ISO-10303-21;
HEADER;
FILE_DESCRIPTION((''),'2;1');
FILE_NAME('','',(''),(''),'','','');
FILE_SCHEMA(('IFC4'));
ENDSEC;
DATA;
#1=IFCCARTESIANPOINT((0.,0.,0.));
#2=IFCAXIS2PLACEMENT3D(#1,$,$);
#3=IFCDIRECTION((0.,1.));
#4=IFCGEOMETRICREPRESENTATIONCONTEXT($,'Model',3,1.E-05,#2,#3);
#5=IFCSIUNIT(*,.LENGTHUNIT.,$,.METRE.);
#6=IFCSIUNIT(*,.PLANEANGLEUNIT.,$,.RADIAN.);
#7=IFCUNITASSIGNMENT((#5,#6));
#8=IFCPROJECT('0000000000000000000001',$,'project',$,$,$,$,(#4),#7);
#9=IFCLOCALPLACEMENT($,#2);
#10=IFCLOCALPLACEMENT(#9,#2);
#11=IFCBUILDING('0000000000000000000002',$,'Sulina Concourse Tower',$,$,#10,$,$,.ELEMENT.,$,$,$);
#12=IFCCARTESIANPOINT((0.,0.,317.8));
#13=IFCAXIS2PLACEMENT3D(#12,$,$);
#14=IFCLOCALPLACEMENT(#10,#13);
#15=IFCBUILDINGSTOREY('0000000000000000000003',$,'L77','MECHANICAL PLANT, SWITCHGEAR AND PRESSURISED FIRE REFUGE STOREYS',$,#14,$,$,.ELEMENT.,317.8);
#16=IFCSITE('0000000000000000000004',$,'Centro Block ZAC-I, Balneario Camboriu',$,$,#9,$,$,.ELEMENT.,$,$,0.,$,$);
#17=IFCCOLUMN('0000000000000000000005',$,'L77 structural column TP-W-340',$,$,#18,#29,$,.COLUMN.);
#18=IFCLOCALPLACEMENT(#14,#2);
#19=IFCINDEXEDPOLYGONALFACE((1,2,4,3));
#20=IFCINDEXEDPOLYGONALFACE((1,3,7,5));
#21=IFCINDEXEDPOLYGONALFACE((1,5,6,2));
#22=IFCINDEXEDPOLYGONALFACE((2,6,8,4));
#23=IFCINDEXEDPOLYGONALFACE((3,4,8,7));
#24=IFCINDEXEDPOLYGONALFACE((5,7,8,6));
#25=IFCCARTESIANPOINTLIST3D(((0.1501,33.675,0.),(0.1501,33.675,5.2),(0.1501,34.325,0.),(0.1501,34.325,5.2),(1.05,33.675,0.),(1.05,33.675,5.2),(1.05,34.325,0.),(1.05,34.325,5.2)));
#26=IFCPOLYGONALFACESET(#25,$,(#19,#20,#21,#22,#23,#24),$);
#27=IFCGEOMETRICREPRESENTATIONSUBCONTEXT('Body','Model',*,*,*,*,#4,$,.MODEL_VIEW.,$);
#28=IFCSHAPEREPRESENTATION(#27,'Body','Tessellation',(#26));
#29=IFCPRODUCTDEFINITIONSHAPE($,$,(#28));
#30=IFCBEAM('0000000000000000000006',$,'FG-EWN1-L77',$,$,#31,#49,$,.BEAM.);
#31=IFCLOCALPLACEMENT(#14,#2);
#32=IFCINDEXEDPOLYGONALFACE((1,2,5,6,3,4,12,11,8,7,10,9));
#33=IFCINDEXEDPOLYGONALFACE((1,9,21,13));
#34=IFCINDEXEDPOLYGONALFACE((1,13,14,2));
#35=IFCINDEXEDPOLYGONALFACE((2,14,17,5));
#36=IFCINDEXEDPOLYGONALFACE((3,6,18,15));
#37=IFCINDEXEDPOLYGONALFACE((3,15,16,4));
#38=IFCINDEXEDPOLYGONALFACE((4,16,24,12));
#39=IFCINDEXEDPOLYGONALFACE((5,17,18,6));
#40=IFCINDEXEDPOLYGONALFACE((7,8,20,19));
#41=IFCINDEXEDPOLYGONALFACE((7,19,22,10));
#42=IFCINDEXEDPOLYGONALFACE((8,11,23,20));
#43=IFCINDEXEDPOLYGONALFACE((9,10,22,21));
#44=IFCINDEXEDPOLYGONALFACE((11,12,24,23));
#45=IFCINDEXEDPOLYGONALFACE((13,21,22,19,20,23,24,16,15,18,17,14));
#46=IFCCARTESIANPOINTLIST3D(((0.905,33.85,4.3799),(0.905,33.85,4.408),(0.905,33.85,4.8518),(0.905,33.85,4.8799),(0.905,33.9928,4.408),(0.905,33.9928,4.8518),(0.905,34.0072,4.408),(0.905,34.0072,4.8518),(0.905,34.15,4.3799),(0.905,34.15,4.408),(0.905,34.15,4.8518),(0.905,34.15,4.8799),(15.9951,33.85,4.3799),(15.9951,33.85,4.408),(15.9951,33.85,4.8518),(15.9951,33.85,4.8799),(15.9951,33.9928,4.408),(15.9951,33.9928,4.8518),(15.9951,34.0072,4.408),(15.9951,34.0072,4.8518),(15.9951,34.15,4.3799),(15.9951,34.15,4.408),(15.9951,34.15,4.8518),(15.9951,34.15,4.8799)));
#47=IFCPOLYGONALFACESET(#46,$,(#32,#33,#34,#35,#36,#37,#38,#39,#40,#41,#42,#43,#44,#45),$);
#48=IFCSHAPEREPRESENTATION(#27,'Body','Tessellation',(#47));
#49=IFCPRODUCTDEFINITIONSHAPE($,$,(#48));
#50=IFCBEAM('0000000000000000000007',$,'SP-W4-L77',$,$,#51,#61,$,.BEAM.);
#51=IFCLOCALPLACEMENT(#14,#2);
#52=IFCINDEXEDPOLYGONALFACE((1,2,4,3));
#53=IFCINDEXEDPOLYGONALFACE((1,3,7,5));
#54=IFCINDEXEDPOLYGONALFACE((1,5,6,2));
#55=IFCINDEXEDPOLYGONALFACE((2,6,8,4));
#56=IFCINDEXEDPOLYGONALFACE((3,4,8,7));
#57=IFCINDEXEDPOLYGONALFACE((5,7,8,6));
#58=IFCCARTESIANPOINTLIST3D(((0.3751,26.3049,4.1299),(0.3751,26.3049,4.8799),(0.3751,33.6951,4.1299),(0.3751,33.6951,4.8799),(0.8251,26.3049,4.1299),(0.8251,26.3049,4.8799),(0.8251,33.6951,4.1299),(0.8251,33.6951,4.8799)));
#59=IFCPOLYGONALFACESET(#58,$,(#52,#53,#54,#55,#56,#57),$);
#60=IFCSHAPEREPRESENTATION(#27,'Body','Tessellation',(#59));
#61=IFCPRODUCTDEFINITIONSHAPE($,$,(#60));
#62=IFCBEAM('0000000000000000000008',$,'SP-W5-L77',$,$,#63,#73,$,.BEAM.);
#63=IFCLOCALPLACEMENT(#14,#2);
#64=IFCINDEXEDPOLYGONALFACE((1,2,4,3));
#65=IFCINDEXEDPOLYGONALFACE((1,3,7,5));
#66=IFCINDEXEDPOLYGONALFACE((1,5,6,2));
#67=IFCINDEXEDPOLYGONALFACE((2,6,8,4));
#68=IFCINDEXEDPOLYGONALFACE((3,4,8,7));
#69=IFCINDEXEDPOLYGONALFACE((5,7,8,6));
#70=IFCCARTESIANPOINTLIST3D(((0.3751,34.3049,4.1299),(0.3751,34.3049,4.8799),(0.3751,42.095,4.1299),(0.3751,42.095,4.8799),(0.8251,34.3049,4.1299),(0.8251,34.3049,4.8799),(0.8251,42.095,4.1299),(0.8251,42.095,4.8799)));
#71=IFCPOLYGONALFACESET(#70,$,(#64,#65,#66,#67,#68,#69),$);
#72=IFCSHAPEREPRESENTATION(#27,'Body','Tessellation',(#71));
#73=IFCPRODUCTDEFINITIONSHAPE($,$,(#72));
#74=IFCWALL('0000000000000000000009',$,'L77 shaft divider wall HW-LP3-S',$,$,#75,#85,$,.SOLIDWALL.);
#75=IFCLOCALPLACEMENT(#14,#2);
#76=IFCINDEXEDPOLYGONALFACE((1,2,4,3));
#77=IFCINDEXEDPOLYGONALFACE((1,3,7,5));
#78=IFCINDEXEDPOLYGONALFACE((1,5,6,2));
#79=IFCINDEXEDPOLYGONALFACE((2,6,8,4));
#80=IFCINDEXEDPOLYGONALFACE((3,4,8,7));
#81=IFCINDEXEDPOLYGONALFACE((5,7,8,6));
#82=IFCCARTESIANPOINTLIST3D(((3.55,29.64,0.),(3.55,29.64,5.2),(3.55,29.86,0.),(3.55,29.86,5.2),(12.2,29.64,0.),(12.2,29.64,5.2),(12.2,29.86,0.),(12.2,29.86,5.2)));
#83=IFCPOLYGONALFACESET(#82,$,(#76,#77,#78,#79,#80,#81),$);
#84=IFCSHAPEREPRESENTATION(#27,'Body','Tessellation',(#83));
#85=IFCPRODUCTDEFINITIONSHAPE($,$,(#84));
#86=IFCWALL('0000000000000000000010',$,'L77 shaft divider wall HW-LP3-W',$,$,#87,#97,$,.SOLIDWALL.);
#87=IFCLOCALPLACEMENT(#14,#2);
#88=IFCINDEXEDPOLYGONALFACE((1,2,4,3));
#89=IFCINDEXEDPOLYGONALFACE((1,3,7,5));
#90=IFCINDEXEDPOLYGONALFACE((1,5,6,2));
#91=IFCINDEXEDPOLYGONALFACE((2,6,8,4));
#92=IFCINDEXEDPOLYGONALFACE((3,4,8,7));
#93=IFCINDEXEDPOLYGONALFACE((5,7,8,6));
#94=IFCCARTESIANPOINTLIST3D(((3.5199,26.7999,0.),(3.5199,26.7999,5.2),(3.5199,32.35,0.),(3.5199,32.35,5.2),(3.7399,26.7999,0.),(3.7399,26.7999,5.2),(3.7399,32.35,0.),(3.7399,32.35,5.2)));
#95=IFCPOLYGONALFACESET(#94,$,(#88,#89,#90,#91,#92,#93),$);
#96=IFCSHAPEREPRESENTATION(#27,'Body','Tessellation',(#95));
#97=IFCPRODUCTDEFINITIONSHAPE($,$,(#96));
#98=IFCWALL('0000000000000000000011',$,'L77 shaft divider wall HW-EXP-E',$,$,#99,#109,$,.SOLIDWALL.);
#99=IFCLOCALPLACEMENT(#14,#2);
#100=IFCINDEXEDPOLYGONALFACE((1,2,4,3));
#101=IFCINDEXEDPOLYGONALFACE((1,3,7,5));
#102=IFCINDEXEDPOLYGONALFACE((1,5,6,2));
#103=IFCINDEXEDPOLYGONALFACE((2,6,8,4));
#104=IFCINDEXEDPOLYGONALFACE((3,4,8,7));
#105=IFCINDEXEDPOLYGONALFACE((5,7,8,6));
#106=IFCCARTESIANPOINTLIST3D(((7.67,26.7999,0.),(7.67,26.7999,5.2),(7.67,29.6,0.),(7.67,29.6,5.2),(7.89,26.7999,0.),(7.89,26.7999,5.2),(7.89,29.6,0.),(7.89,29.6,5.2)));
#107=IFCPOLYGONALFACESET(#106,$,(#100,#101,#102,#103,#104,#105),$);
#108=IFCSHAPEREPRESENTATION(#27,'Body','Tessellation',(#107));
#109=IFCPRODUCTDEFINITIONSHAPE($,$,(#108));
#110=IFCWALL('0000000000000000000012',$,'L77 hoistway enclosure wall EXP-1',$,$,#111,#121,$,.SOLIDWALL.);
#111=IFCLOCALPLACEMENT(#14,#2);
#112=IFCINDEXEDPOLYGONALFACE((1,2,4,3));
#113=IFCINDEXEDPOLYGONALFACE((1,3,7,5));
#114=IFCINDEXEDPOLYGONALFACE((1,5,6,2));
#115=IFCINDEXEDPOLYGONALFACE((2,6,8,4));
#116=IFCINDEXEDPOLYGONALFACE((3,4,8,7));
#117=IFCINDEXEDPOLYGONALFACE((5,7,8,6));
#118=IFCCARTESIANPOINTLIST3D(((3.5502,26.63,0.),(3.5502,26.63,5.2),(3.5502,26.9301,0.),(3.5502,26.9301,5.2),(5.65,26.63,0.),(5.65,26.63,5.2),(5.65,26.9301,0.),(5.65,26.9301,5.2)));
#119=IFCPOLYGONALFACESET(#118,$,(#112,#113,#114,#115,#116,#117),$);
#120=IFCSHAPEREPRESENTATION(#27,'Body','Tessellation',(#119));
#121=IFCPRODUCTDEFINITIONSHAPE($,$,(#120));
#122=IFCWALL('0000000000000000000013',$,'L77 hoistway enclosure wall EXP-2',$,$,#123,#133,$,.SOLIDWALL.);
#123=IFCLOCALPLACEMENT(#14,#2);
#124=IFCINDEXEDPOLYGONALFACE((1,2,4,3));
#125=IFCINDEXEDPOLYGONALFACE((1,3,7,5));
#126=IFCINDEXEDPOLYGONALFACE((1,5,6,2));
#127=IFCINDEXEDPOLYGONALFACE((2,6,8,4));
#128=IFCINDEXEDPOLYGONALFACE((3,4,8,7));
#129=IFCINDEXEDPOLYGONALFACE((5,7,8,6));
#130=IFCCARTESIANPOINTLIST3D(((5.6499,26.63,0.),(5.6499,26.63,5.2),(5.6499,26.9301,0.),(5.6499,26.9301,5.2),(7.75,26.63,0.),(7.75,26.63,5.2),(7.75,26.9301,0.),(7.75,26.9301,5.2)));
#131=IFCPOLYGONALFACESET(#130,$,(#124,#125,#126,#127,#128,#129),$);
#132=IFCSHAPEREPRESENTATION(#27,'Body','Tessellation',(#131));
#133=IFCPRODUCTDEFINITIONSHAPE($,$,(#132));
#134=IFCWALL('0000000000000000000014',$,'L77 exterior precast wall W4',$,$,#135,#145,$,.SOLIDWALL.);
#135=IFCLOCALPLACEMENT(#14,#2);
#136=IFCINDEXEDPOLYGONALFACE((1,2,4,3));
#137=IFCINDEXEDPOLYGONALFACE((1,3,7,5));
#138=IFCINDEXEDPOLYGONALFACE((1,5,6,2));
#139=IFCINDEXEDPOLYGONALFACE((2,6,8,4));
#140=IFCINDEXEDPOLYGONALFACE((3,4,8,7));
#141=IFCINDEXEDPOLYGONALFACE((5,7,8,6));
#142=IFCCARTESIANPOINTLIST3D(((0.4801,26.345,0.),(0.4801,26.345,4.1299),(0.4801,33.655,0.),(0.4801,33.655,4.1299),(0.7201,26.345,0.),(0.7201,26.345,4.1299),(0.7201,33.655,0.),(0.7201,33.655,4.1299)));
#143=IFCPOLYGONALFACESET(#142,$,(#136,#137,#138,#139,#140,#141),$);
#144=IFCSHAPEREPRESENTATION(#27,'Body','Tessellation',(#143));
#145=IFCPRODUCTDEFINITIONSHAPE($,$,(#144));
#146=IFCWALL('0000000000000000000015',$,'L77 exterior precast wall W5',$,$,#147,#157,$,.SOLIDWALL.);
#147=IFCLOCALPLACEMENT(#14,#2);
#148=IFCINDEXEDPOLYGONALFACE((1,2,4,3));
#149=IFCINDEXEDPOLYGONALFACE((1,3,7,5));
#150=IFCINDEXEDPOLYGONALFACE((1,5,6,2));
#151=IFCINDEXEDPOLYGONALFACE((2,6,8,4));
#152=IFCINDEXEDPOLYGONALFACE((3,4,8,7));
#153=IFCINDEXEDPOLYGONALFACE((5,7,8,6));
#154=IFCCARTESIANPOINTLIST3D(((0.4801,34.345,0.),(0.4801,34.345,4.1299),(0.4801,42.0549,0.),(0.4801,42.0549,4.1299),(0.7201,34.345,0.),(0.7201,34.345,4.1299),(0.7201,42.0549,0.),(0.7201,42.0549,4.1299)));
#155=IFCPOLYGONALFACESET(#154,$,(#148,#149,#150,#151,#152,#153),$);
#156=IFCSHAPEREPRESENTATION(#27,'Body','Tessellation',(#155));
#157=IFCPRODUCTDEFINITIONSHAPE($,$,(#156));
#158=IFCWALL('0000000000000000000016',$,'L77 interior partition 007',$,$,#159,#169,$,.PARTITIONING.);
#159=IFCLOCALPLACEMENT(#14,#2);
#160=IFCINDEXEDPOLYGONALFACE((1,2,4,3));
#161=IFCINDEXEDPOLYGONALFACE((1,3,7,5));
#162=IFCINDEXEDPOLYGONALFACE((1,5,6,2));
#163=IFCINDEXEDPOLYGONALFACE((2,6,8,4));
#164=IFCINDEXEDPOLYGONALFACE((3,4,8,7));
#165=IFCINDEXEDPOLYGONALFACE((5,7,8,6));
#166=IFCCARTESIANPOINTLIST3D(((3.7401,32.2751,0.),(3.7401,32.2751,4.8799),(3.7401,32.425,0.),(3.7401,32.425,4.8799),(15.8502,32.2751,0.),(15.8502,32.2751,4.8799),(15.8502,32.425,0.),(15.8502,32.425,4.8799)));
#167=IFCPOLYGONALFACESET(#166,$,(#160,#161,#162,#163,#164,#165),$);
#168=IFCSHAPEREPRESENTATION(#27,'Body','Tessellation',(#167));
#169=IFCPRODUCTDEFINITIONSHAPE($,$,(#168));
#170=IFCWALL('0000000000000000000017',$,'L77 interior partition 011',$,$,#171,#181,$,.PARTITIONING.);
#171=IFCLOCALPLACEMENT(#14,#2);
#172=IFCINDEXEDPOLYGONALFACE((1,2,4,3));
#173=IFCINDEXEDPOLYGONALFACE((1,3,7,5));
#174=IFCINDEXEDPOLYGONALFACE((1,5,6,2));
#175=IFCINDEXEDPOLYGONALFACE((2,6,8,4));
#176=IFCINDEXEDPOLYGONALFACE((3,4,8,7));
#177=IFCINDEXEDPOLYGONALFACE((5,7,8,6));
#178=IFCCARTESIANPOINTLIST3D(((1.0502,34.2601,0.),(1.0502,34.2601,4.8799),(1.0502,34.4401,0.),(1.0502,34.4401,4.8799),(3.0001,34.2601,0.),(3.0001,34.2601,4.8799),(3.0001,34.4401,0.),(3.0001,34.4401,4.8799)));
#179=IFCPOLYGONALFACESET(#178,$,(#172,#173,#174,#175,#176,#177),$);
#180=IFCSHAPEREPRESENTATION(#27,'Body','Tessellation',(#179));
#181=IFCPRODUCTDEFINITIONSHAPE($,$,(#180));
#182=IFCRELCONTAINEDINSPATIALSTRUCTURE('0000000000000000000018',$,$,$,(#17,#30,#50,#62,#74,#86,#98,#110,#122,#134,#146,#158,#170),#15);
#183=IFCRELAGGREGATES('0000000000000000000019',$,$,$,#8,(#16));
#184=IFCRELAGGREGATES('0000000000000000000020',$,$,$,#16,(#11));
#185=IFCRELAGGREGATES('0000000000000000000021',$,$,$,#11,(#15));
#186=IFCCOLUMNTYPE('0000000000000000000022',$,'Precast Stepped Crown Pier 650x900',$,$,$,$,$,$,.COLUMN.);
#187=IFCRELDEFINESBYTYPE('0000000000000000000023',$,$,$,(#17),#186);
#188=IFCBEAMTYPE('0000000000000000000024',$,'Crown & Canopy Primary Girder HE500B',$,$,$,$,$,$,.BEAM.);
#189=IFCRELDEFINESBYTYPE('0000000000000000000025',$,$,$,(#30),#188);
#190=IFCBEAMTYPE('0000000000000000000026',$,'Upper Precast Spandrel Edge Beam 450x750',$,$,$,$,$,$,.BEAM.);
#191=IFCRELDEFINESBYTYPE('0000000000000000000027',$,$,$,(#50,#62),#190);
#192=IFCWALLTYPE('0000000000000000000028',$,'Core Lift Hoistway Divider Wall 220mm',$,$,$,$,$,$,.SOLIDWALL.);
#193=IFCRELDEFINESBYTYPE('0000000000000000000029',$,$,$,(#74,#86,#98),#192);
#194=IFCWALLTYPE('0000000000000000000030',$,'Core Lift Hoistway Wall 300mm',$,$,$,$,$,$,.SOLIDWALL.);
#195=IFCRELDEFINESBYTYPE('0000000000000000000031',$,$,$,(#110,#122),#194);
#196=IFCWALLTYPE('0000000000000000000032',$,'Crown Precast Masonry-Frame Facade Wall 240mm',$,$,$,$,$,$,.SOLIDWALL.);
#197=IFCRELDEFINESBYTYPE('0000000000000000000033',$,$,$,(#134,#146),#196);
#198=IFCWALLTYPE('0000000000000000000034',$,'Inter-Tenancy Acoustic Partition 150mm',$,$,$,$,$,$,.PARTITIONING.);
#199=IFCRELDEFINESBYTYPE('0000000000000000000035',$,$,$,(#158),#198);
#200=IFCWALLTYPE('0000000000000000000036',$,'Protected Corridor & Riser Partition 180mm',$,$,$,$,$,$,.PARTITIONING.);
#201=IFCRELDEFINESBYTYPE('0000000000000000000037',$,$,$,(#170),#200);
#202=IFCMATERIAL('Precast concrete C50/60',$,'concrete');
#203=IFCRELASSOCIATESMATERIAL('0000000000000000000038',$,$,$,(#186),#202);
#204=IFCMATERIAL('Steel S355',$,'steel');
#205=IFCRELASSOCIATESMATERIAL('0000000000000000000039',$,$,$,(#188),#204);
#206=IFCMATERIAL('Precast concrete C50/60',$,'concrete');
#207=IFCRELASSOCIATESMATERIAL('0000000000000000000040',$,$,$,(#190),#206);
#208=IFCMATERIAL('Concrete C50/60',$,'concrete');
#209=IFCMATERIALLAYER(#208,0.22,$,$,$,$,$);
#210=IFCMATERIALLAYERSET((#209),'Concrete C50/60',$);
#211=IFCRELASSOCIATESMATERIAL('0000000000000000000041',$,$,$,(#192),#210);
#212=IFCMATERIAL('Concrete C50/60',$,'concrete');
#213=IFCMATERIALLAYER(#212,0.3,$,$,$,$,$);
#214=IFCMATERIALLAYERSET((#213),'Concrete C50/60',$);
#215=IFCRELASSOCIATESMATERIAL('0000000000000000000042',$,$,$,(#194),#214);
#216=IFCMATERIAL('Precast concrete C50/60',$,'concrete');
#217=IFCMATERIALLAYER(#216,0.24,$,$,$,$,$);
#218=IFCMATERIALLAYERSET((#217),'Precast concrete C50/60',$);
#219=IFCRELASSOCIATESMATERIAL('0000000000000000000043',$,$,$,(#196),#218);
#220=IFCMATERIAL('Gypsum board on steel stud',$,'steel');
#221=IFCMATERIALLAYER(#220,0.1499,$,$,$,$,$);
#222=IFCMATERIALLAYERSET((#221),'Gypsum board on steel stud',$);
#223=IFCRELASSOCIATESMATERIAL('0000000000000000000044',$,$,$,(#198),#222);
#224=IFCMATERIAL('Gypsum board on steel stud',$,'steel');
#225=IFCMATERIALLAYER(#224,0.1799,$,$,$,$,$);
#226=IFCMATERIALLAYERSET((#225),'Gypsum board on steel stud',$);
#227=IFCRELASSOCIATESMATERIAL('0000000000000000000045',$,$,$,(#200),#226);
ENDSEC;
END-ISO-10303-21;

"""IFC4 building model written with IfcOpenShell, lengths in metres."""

from ifc_helpers import new_model, si_unit, direction, frame, frame_2d, origin, origin_2d, place, context, subcontext, project, spatial, rectangle, i_section, extrude, material, layer, layer_set, material_profile, profile_set, type_object, element, save


model = new_model("IFC4")

# Units and contexts
model_context = context("Model", 3, precision=1e-05, world=origin(), true_north=direction((0.0, 1.0)))
body_context = subcontext(model_context, "Body", "Model", "MODEL_VIEW")
ifc_project = project(units=[si_unit("LENGTHUNIT", "METRE"), si_unit("PLANEANGLEUNIT", "RADIAN")], contexts=[model_context])

# Site, building, storey
site_placement = place(None, origin())
site = spatial("IfcSite", under=ifc_project, at=site_placement, Name="Centro Block ZAC-I, Balneario Camboriu", CompositionType="ELEMENT", RefElevation=0.0)
building_placement = place(site_placement, origin())
building = spatial("IfcBuilding", under=site, at=building_placement, Name="Sulina Concourse Tower", CompositionType="ELEMENT")
storey_placement = place(building_placement, frame((0.0, 0.0, 317.8)))
storey = spatial("IfcBuildingStorey", under=building, at=storey_placement, Name="L77", Description="MECHANICAL PLANT, SWITCHGEAR AND PRESSURISED FIRE REFUGE STOREYS", CompositionType="ELEMENT", Elevation=317.8)

# Column
ifc_material_1 = material(Name="Precast concrete C50/60", Category="concrete")
ifc_material_profile_1 = material_profile(ifc_material_1, rectangle(XDim=0.6499, YDim=0.8999, at=origin_2d()), Name="PC 650x900")
ifc_profile_set_1 = profile_set([ifc_material_profile_1], Name="Precast concrete C50/60")
column_type = type_object("IfcColumnType", Name="Precast Stepped Crown Pier 650x900", PredefinedType="COLUMN", material=ifc_profile_set_1)
column_placement = place(storey_placement, frame((0.6001, 34.0, 0.0), z_axis=(0.0, 0.0, 1.0), x_axis=(0.0, 1.0, 0.0)))
element("IfcColumn", 1, at=column_placement, inside=storey, type_object=column_type, Name="L77 structural column TP-W-340", PredefinedType="COLUMN", context=body_context, shape_type="SweptSolid", body=[
    extrude(rectangle(XDim=0.6499, YDim=0.8999, at=origin_2d()), origin(), (0.0, 0.0, 1.0), 5.2),
])

# Beams
ifc_material_2 = material(Name="Steel S355", Category="steel")
ifc_material_profile_2 = material_profile(ifc_material_2, i_section(OverallWidth=0.3, OverallDepth=0.5, WebThickness=0.0144, FlangeThickness=0.0281, at=origin_2d()), Name="HE 500 B")
ifc_profile_set_2 = profile_set([ifc_material_profile_2], Name="Steel S355")
beam_type_1 = type_object("IfcBeamType", Name="Crown & Canopy Primary Girder HE500B", PredefinedType="BEAM", material=ifc_profile_set_2)
beam_1_placement = place(storey_placement, frame((0.905, 34.0, 4.6299), z_axis=(1.0, 0.0, 0.0), x_axis=(0.0, 1.0, 0.0)))
element("IfcBeam", 2, at=beam_1_placement, inside=storey, type_object=beam_type_1, Name="FG-EWN1-L77", PredefinedType="BEAM", context=body_context, shape_type="SweptSolid", body=[
    extrude(i_section(OverallWidth=0.3, OverallDepth=0.5, WebThickness=0.0144, FlangeThickness=0.0281, at=origin_2d()), origin(), (0.0, 0.0, 1.0), 15.0901),
])
ifc_material_3 = material(Name="Precast concrete C50/60", Category="concrete")
ifc_material_profile_3 = material_profile(ifc_material_3, rectangle(XDim=0.45, YDim=0.75, at=origin_2d()), Name="RC 450x750")
ifc_profile_set_3 = profile_set([ifc_material_profile_3], Name="Precast concrete C50/60")
beam_type_2 = type_object("IfcBeamType", Name="Upper Precast Spandrel Edge Beam 450x750", PredefinedType="BEAM", material=ifc_profile_set_3)
beam_2_placement = place(storey_placement, frame((0.6001, 26.3049, 4.5049), z_axis=(0.0, 1.0, 0.0), x_axis=(-1.0, 0.0, 0.0)))
element("IfcBeam", 3, at=beam_2_placement, inside=storey, type_object=beam_type_2, Name="SP-W4-L77", PredefinedType="BEAM", context=body_context, shape_type="SweptSolid", body=[
    extrude(rectangle(XDim=0.45, YDim=0.75, at=origin_2d()), origin(), (0.0, 0.0, 1.0), 7.3901),
])
beam_3_placement = place(storey_placement, frame((0.6001, 34.3049, 4.5049), z_axis=(0.0, 1.0, 0.0), x_axis=(-1.0, 0.0, 0.0)))
element("IfcBeam", 4, at=beam_3_placement, inside=storey, type_object=beam_type_2, Name="SP-W5-L77", PredefinedType="BEAM", context=body_context, shape_type="SweptSolid", body=[
    extrude(rectangle(XDim=0.45, YDim=0.75, at=origin_2d()), origin(), (0.0, 0.0, 1.0), 7.79),
])

# Walls
ifc_material_4 = material(Name="Concrete C50/60", Category="concrete")
ifc_layer_1 = layer(ifc_material_4, 0.22)
ifc_layer_set_1 = layer_set([ifc_layer_1], Name="Concrete C50/60")
wall_type_1 = type_object("IfcWallType", Name="Core Lift Hoistway Divider Wall 220mm", PredefinedType="SOLIDWALL", material=ifc_layer_set_1)
wall_1_placement = place(storey_placement, frame((3.55, 29.75, 0.0), z_axis=(0.0, 0.0, 1.0), x_axis=(1.0, 0.0, 0.0)))
element("IfcWall", 5, at=wall_1_placement, inside=storey, type_object=wall_type_1, Name="L77 shaft divider wall HW-LP3-S", PredefinedType="SOLIDWALL", context=body_context, shape_type="SweptSolid", body=[
    extrude(rectangle(XDim=8.6499, YDim=0.22, at=frame_2d((4.325, 0.0))), origin(), (0.0, 0.0, 1.0), 5.2),
])
wall_2_placement = place(storey_placement, frame((3.6299, 26.8, 0.0), z_axis=(0.0, 0.0, 1.0), x_axis=(0.0, 1.0, 0.0)))
element("IfcWall", 6, at=wall_2_placement, inside=storey, type_object=wall_type_1, Name="L77 shaft divider wall HW-LP3-W", PredefinedType="SOLIDWALL", context=body_context, shape_type="SweptSolid", body=[
    extrude(rectangle(XDim=5.55, YDim=0.22, at=frame_2d((2.7749, 0.0))), origin(), (0.0, 0.0, 1.0), 5.2),
])
wall_3_placement = place(storey_placement, frame((7.78, 26.8, 0.0), z_axis=(0.0, 0.0, 1.0), x_axis=(0.0, 1.0, 0.0)))
element("IfcWall", 7, at=wall_3_placement, inside=storey, type_object=wall_type_1, Name="L77 shaft divider wall HW-EXP-E", PredefinedType="SOLIDWALL", context=body_context, shape_type="SweptSolid", body=[
    extrude(rectangle(XDim=2.8, YDim=0.22, at=frame_2d((1.3999, 0.0))), origin(), (0.0, 0.0, 1.0), 5.2),
])
ifc_material_5 = material(Name="Concrete C50/60", Category="concrete")
ifc_layer_2 = layer(ifc_material_5, 0.3)
ifc_layer_set_2 = layer_set([ifc_layer_2], Name="Concrete C50/60")
wall_type_2 = type_object("IfcWallType", Name="Core Lift Hoistway Wall 300mm", PredefinedType="SOLIDWALL", material=ifc_layer_set_2)
wall_4_placement = place(storey_placement, frame((5.6499, 26.78, 0.0), z_axis=(0.0, 0.0, 1.0), x_axis=(-1.0, 0.0, 0.0)))
element("IfcWall", 8, at=wall_4_placement, inside=storey, type_object=wall_type_2, Name="L77 hoistway enclosure wall EXP-1", PredefinedType="SOLIDWALL", context=body_context, shape_type="SweptSolid", body=[
    extrude(rectangle(XDim=2.0999, YDim=0.3, at=frame_2d((1.0498, 0.0))), origin(), (0.0, 0.0, 1.0), 5.2),
])
wall_5_placement = place(storey_placement, frame((7.75, 26.78, 0.0), z_axis=(0.0, 0.0, 1.0), x_axis=(-1.0, 0.0, 0.0)))
element("IfcWall", 9, at=wall_5_placement, inside=storey, type_object=wall_type_2, Name="L77 hoistway enclosure wall EXP-2", PredefinedType="SOLIDWALL", context=body_context, shape_type="SweptSolid", body=[
    extrude(rectangle(XDim=2.1001, YDim=0.3, at=frame_2d((1.05, 0.0))), origin(), (0.0, 0.0, 1.0), 5.2),
])
ifc_material_6 = material(Name="Precast concrete C50/60", Category="concrete")
ifc_layer_3 = layer(ifc_material_6, 0.24)
ifc_layer_set_3 = layer_set([ifc_layer_3], Name="Precast concrete C50/60")
wall_type_3 = type_object("IfcWallType", Name="Crown Precast Masonry-Frame Facade Wall 240mm", PredefinedType="SOLIDWALL", material=ifc_layer_set_3)
wall_6_placement = place(storey_placement, frame((0.6001, 26.345, 0.0), z_axis=(0.0, 0.0, 1.0), x_axis=(0.0, 1.0, 0.0)))
element("IfcWall", 10, at=wall_6_placement, inside=storey, type_object=wall_type_3, Name="L77 exterior precast wall W4", PredefinedType="SOLIDWALL", context=body_context, shape_type="SweptSolid", body=[
    extrude(rectangle(XDim=7.3101, YDim=0.24, at=frame_2d((3.655, 0.0))), origin(), (0.0, 0.0, 1.0), 4.1299),
])
wall_7_placement = place(storey_placement, frame((0.6001, 34.345, 0.0), z_axis=(0.0, 0.0, 1.0), x_axis=(0.0, 1.0, 0.0)))
element("IfcWall", 11, at=wall_7_placement, inside=storey, type_object=wall_type_3, Name="L77 exterior precast wall W5", PredefinedType="SOLIDWALL", context=body_context, shape_type="SweptSolid", body=[
    extrude(rectangle(XDim=7.71, YDim=0.24, at=frame_2d((3.855, 0.0))), origin(), (0.0, 0.0, 1.0), 4.1299),
])
ifc_material_7 = material(Name="Gypsum board on steel stud", Category="steel")
ifc_layer_4 = layer(ifc_material_7, 0.1499)
ifc_layer_set_4 = layer_set([ifc_layer_4], Name="Gypsum board on steel stud")
wall_type_4 = type_object("IfcWallType", Name="Inter-Tenancy Acoustic Partition 150mm", PredefinedType="PARTITIONING", material=ifc_layer_set_4)
wall_8_placement = place(storey_placement, frame((3.74, 32.3501, 0.0), z_axis=(0.0, 0.0, 1.0), x_axis=(1.0, 0.0, 0.0)))
element("IfcWall", 12, at=wall_8_placement, inside=storey, type_object=wall_type_4, Name="L77 interior partition 007", PredefinedType="PARTITIONING", context=body_context, shape_type="SweptSolid", body=[
    extrude(rectangle(XDim=12.1101, YDim=0.1499, at=frame_2d((6.0552, 0.0))), origin(), (0.0, 0.0, 1.0), 4.8799),
])
ifc_material_8 = material(Name="Gypsum board on steel stud", Category="steel")
ifc_layer_5 = layer(ifc_material_8, 0.1799)
ifc_layer_set_5 = layer_set([ifc_layer_5], Name="Gypsum board on steel stud")
wall_type_5 = type_object("IfcWallType", Name="Protected Corridor & Riser Partition 180mm", PredefinedType="PARTITIONING", material=ifc_layer_set_5)
wall_9_placement = place(storey_placement, frame((1.05, 34.3501, 0.0), z_axis=(0.0, 0.0, 1.0), x_axis=(1.0, 0.0, 0.0)))
element("IfcWall", 13, at=wall_9_placement, inside=storey, type_object=wall_type_5, Name="L77 interior partition 011", PredefinedType="PARTITIONING", context=body_context, shape_type="SweptSolid", body=[
    extrude(rectangle(XDim=1.95, YDim=0.1799, at=frame_2d((0.9751, 0.0))), origin(), (0.0, 0.0, 1.0), 4.8799),
])

save(model, "model.ifc")
